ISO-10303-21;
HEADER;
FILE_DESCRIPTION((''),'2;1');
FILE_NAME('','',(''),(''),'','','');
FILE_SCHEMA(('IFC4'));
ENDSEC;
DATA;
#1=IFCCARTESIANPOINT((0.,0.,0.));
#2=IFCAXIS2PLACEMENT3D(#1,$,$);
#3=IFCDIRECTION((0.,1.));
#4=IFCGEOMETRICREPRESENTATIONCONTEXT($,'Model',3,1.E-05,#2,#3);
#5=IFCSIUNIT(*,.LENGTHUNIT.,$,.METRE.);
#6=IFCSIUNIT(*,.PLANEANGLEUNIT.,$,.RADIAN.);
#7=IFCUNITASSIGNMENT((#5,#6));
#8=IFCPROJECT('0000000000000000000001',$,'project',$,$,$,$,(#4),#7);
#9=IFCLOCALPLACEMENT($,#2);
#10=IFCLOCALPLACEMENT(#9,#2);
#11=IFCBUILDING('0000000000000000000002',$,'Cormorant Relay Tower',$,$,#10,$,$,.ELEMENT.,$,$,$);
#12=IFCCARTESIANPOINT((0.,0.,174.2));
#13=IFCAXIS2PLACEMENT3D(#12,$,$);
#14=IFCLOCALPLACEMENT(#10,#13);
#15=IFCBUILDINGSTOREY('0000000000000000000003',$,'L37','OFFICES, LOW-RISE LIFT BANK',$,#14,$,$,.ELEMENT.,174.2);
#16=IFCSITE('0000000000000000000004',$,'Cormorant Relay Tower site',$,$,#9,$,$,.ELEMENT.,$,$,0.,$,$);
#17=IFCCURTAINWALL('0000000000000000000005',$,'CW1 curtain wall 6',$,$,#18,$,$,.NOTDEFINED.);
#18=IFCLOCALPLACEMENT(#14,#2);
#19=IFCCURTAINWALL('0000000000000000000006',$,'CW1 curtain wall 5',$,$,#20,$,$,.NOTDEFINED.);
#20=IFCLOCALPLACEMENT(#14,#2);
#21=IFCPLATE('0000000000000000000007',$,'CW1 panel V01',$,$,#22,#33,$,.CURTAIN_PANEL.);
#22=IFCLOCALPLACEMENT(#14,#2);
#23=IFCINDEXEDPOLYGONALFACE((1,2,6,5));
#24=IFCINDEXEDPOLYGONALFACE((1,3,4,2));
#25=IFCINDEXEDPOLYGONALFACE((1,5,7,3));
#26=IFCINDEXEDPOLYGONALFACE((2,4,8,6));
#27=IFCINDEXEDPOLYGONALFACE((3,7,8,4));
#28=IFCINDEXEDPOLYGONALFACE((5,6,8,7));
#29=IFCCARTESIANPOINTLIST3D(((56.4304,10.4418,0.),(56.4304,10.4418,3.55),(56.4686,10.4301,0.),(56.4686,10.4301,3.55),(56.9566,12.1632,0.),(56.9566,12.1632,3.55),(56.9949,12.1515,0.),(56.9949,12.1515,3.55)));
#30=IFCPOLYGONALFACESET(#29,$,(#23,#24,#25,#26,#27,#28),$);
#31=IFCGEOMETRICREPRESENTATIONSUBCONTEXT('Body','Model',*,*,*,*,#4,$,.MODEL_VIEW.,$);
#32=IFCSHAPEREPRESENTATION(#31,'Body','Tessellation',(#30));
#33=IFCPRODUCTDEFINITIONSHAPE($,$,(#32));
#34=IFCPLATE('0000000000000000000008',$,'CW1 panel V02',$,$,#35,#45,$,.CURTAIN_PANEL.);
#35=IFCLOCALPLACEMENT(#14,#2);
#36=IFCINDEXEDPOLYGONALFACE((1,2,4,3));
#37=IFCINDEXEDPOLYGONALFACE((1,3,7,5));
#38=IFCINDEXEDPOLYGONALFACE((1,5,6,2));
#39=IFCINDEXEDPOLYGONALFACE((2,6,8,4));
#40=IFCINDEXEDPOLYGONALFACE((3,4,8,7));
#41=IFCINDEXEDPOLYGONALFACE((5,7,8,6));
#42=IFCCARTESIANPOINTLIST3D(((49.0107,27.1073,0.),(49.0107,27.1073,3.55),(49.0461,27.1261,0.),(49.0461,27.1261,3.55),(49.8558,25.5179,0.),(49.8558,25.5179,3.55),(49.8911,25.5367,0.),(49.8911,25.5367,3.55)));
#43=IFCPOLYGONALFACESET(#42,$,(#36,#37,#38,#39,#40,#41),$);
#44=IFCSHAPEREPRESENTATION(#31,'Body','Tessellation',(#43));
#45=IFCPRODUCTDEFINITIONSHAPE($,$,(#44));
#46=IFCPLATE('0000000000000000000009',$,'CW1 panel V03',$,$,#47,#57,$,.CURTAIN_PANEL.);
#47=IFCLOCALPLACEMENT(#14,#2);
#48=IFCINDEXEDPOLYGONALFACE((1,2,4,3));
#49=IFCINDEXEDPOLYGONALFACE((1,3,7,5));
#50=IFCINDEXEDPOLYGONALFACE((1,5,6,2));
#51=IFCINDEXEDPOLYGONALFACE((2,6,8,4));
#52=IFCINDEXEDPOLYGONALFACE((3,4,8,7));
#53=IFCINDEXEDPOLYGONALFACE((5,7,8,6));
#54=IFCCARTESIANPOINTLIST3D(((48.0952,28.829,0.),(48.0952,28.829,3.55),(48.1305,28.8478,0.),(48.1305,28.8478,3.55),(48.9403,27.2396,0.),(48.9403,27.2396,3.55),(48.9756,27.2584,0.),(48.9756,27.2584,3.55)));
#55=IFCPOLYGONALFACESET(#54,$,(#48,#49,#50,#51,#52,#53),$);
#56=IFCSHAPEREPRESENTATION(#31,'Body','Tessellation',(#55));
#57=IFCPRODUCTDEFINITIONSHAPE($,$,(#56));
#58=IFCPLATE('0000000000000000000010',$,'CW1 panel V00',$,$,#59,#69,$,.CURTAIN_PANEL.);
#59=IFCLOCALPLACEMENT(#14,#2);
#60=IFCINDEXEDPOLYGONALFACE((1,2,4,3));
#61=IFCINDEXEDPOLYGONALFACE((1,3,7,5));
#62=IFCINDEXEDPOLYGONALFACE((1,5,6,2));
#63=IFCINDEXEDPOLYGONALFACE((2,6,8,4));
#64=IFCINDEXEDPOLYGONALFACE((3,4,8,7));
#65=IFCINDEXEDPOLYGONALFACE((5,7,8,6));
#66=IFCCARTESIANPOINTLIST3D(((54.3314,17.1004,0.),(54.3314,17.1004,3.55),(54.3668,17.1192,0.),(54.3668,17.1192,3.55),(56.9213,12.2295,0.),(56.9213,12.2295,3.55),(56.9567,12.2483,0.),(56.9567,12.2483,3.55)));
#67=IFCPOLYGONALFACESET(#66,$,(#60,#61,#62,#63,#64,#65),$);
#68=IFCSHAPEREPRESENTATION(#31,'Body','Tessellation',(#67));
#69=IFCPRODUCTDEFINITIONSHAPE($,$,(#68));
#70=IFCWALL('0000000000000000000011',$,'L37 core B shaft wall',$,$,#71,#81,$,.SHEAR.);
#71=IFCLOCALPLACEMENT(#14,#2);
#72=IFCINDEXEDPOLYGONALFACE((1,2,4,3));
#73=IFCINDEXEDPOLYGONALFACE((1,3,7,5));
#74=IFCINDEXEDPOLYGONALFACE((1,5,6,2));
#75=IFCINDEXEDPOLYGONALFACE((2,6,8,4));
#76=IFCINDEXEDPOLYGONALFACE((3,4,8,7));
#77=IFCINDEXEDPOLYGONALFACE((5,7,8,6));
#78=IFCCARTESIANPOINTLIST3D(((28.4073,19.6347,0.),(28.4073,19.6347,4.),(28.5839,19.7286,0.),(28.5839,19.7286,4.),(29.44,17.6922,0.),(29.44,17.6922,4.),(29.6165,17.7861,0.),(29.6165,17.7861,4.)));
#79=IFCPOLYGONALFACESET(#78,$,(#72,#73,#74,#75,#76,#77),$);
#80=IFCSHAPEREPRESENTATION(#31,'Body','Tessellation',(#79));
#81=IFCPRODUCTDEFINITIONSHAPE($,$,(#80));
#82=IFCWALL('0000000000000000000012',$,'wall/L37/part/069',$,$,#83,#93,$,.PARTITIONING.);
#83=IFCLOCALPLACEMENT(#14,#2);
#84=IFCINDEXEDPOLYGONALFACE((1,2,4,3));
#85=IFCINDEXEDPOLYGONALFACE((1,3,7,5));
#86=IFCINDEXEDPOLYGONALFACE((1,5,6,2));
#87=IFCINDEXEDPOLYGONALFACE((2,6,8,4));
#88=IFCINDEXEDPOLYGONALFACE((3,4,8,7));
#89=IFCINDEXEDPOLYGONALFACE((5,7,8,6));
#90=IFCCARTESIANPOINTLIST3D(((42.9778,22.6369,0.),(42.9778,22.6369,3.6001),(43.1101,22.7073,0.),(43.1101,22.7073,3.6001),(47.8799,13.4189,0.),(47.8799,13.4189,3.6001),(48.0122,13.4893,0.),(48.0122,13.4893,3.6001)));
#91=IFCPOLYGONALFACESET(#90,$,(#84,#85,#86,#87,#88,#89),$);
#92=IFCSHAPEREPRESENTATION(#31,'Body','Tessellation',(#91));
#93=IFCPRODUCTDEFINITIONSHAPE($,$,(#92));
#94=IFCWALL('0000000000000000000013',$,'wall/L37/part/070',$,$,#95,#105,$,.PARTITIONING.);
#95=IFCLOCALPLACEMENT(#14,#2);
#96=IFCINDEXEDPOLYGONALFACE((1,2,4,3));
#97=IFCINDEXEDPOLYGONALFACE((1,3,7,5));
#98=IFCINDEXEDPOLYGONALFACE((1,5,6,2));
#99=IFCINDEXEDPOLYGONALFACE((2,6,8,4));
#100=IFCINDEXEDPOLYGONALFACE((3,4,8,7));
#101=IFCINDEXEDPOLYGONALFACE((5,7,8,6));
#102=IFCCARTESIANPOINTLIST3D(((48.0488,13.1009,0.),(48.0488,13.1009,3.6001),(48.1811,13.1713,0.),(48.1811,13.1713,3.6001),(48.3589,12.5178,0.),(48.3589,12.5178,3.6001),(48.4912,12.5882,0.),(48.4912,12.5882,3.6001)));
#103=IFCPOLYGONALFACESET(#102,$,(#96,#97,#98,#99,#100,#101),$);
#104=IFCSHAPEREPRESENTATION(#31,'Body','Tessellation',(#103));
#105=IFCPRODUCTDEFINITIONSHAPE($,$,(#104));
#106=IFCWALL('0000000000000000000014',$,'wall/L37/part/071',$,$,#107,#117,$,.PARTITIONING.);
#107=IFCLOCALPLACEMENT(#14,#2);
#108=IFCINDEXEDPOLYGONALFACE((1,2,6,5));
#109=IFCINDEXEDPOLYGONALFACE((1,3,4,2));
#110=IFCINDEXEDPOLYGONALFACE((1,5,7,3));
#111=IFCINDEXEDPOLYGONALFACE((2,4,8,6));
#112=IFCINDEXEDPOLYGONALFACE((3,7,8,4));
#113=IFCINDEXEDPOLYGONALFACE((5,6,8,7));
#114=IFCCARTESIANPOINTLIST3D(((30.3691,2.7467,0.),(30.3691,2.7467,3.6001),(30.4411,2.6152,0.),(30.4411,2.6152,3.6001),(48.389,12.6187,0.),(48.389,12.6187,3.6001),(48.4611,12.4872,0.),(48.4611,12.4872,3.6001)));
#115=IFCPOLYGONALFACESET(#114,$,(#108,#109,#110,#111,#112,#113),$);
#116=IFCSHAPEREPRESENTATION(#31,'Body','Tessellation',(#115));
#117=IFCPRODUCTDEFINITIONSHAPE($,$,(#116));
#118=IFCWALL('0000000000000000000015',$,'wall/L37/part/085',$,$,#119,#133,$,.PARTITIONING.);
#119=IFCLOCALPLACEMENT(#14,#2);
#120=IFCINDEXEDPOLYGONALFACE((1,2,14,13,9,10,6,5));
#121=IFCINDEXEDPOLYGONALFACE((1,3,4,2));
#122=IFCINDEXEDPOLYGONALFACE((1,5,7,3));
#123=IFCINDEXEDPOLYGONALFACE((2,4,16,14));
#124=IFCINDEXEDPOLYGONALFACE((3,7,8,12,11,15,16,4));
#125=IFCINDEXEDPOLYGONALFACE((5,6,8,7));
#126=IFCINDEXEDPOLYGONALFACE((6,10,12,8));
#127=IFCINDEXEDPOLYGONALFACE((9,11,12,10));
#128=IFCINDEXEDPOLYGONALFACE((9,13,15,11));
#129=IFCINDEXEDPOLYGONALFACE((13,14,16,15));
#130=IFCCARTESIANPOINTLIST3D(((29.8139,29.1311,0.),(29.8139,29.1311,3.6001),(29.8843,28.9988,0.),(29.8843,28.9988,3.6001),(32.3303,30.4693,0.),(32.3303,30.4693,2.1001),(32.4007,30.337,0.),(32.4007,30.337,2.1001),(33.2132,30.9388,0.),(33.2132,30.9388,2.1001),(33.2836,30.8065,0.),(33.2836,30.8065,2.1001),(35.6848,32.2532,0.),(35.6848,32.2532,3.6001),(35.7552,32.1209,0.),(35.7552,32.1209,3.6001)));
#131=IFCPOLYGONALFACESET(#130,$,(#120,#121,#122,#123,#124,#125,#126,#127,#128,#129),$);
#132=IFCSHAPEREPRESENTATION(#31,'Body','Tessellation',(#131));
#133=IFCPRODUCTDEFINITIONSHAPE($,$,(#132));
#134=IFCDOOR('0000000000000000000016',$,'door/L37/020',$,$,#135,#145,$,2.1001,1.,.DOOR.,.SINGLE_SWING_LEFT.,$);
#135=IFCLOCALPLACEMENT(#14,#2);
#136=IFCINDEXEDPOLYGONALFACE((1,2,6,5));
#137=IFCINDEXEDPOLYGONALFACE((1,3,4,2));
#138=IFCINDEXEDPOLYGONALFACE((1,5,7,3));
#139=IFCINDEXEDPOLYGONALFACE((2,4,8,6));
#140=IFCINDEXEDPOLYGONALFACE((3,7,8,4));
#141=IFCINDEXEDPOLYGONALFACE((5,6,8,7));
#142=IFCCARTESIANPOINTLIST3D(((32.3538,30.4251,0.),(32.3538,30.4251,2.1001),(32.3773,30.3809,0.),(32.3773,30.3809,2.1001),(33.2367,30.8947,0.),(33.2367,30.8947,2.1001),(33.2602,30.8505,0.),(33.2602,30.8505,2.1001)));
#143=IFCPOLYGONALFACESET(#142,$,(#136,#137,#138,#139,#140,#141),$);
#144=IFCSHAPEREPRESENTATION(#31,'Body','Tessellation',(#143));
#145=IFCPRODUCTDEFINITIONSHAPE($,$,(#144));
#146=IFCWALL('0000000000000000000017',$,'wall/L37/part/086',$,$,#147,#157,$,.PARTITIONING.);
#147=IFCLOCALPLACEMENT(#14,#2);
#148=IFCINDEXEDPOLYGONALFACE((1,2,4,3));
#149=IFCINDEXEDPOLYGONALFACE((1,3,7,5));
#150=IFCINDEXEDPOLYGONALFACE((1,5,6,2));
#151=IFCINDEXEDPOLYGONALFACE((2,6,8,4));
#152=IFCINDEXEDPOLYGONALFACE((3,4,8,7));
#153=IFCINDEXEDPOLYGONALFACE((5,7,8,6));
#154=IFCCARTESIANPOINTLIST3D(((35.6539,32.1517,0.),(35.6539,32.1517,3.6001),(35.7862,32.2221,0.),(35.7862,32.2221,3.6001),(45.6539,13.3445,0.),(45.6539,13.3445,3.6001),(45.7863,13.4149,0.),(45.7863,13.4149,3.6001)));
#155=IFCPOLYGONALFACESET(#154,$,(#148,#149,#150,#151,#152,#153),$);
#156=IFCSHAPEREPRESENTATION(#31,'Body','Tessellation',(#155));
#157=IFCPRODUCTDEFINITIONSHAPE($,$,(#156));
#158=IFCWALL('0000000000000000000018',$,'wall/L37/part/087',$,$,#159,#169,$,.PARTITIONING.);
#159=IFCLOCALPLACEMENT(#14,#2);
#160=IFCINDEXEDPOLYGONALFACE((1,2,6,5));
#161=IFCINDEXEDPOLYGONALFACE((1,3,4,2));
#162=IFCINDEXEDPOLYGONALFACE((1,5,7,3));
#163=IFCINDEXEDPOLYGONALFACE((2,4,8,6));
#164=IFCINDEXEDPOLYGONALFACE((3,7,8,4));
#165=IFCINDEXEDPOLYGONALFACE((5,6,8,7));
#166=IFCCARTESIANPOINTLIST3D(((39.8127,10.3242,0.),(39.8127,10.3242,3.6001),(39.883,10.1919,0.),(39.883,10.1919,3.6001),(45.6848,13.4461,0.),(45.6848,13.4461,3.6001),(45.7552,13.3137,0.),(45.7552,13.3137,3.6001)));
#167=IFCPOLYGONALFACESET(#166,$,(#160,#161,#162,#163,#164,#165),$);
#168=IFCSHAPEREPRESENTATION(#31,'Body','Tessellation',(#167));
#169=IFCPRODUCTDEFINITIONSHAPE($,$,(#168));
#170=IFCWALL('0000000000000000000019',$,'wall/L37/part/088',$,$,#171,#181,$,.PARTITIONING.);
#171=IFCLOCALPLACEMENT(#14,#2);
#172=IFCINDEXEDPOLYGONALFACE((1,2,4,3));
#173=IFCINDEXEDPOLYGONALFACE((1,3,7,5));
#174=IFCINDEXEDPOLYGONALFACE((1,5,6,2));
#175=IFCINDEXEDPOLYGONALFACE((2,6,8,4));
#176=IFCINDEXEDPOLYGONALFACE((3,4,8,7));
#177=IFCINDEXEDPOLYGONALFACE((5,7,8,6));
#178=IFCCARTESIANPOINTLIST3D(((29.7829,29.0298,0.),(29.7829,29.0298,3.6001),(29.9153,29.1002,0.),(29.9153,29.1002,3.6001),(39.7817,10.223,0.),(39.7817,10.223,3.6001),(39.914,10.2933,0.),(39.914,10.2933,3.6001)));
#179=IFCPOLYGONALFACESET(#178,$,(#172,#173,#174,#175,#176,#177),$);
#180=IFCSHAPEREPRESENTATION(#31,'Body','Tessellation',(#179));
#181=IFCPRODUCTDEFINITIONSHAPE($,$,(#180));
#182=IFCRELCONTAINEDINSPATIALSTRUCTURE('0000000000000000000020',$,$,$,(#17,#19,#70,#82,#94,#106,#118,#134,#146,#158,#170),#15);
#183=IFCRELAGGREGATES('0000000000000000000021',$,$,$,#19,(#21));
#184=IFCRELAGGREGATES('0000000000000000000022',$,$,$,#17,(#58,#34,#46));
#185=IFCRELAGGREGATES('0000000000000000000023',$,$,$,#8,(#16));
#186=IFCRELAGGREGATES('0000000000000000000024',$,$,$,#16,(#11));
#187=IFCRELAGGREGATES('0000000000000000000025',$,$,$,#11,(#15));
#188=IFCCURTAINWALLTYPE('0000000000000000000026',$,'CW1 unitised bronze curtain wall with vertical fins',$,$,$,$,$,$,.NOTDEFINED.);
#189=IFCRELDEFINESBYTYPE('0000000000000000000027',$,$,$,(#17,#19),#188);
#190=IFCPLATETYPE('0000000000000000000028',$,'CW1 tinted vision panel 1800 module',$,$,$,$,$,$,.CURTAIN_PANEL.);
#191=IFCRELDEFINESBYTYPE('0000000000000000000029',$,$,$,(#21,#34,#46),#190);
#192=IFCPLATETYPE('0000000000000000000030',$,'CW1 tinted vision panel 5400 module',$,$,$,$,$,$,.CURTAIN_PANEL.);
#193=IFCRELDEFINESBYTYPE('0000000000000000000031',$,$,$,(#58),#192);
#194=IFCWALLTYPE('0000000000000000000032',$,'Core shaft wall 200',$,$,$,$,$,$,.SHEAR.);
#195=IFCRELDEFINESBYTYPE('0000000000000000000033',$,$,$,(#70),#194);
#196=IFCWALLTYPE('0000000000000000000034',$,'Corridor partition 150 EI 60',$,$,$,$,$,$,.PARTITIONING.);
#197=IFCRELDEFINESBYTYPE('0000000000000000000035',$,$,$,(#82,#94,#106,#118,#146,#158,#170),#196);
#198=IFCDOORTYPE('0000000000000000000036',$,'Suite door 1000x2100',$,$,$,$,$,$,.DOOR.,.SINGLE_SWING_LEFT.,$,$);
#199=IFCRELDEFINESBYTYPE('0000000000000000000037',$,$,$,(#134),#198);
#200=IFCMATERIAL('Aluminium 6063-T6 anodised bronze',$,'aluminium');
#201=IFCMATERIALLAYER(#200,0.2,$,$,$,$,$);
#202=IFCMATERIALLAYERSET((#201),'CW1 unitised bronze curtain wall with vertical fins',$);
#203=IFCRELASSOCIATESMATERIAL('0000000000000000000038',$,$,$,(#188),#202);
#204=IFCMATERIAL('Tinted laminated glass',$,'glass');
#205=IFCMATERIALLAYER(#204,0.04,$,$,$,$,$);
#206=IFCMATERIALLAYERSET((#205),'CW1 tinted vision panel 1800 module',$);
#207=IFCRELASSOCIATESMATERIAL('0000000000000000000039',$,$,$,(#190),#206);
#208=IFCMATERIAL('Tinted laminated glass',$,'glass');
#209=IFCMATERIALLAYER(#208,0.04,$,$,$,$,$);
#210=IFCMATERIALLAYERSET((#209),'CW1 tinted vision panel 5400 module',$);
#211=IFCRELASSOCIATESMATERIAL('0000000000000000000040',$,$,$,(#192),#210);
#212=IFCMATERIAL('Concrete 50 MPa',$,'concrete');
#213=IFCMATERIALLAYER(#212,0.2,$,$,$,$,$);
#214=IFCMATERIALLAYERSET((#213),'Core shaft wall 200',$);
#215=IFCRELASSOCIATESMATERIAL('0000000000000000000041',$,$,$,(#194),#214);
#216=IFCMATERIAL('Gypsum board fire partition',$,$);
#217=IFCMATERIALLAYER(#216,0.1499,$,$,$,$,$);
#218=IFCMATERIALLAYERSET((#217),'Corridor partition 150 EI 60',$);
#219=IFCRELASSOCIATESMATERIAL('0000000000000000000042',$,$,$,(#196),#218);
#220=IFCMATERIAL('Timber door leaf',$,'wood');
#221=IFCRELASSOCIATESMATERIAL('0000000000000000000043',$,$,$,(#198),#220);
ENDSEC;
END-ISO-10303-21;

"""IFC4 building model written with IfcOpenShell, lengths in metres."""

from ifc_helpers import new_model, si_unit, direction, frame, frame_2d, origin, origin_2d, place, context, subcontext, project, spatial, rectangle, extrude, material, layer, layer_set, type_object, element, fill, aggregate, save


model = new_model("IFC4")

# Units and contexts
model_context = context("Model", 3, precision=1e-05, world=origin(), true_north=direction((0.0, 1.0)))
body_context = subcontext(model_context, "Body", "Model", "MODEL_VIEW")
ifc_project = project(units=[si_unit("LENGTHUNIT", "METRE"), si_unit("PLANEANGLEUNIT", "RADIAN")], contexts=[model_context])

# Site, building, storey
site_placement = place(None, origin())
site = spatial("IfcSite", under=ifc_project, at=site_placement, Name="Cormorant Relay Tower site", CompositionType="ELEMENT", RefElevation=0.0)
building_placement = place(site_placement, origin())
building = spatial("IfcBuilding", under=site, at=building_placement, Name="Cormorant Relay Tower", CompositionType="ELEMENT")
storey_placement = place(building_placement, frame((0.0, 0.0, 174.2)))
storey = spatial("IfcBuildingStorey", under=building, at=storey_placement, Name="L37", Description="OFFICES, LOW-RISE LIFT BANK", CompositionType="ELEMENT", Elevation=174.2)

# Curtain wall
ifc_material_1 = material(Name="Aluminium 6063-T6 anodised bronze", Category="aluminium")
ifc_layer_1 = layer(ifc_material_1, 0.2)
ifc_layer_set_1 = layer_set([ifc_layer_1], Name="CW1 unitised bronze curtain wall with vertical fins")
curtain_wall_type = type_object("IfcCurtainWallType", Name="CW1 unitised bronze curtain wall with vertical fins", PredefinedType="NOTDEFINED", material=ifc_layer_set_1)
curtain_wall_1_placement = place(storey_placement, origin())
curtain_wall_1 = element("IfcCurtainWall", 1, at=curtain_wall_1_placement, inside=storey, type_object=curtain_wall_type, Name="CW1 curtain wall 6", PredefinedType="NOTDEFINED")

# Curtain wall, plate
curtain_wall_2_placement = place(storey_placement, origin())
curtain_wall_2 = element("IfcCurtainWall", 2, at=curtain_wall_2_placement, inside=storey, type_object=curtain_wall_type, Name="CW1 curtain wall 5", PredefinedType="NOTDEFINED")
ifc_material_2 = material(Name="Tinted laminated glass", Category="glass")
ifc_layer_2 = layer(ifc_material_2, 0.04)
ifc_layer_set_2 = layer_set([ifc_layer_2], Name="CW1 tinted vision panel 1800 module")
plate_type_1 = type_object("IfcPlateType", Name="CW1 tinted vision panel 1800 module", PredefinedType="CURTAIN_PANEL", material=ifc_layer_set_2)
plate_1_placement = place(storey_placement, frame((56.7126, 11.2966, 0.0), z_axis=(0.0, 0.0, 1.0), x_axis=(0.292372, 0.956305, 0.0)))
plate_1 = element("IfcPlate", 3, at=plate_1_placement, type_object=plate_type_1, Name="CW1 panel V01", PredefinedType="CURTAIN_PANEL", context=body_context, shape_type="SweptSolid", body=[
    extrude(rectangle(XDim=1.8, YDim=0.04, at=origin_2d()), origin(), (0.0, 0.0, 1.0), 3.55),
])
aggregate(curtain_wall_2, [plate_1])

# Plates
plate_2_placement = place(storey_placement, frame((49.4509, 26.322, 0.0), z_axis=(0.0, 0.0, 1.0), x_axis=(-0.469472, 0.882948, 0.0)))
plate_2 = element("IfcPlate", 4, at=plate_2_placement, type_object=plate_type_1, Name="CW1 panel V02", PredefinedType="CURTAIN_PANEL", context=body_context, shape_type="SweptSolid", body=[
    extrude(rectangle(XDim=1.8, YDim=0.04, at=origin_2d()), origin(), (0.0, 0.0, 1.0), 3.55),
])
plate_3_placement = place(storey_placement, frame((48.5354, 28.0437, 0.0), z_axis=(0.0, 0.0, 1.0), x_axis=(-0.469472, 0.882948, 0.0)))
plate_3 = element("IfcPlate", 5, at=plate_3_placement, type_object=plate_type_1, Name="CW1 panel V03", PredefinedType="CURTAIN_PANEL", context=body_context, shape_type="SweptSolid", body=[
    extrude(rectangle(XDim=1.8, YDim=0.04, at=origin_2d()), origin(), (0.0, 0.0, 1.0), 3.55),
])
ifc_material_3 = material(Name="Tinted laminated glass", Category="glass")
ifc_layer_3 = layer(ifc_material_3, 0.04)
ifc_layer_set_3 = layer_set([ifc_layer_3], Name="CW1 tinted vision panel 5400 module")
plate_type_2 = type_object("IfcPlateType", Name="CW1 tinted vision panel 5400 module", PredefinedType="CURTAIN_PANEL", material=ifc_layer_set_3)
plate_4_placement = place(storey_placement, frame((55.644, 14.6743, 0.0), z_axis=(0.0, 0.0, 1.0), x_axis=(-0.469472, 0.882948, 0.0)))
plate_4 = element("IfcPlate", 6, at=plate_4_placement, type_object=plate_type_2, Name="CW1 panel V00", PredefinedType="CURTAIN_PANEL", context=body_context, shape_type="SweptSolid", body=[
    extrude(rectangle(XDim=5.5166, YDim=0.04, at=origin_2d()), origin(), (0.0, 0.0, 1.0), 3.55),
])

# Wall
ifc_material_4 = material(Name="Concrete 50 MPa", Category="concrete")
ifc_layer_4 = layer(ifc_material_4, 0.2)
ifc_layer_set_4 = layer_set([ifc_layer_4], Name="Core shaft wall 200")
wall_type_1 = type_object("IfcWallType", Name="Core shaft wall 200", PredefinedType="SHEAR", material=ifc_layer_set_4)
wall_1_placement = place(storey_placement, frame((29.5283, 17.739, 0.0), z_axis=(0.0, 0.0, 1.0), x_axis=(-0.469401, 0.882985, 0.0)))
element("IfcWall", 7, at=wall_1_placement, inside=storey, type_object=wall_type_1, Name="L37 core B shaft wall", PredefinedType="SHEAR", context=body_context, shape_type="SweptSolid", body=[
    extrude(rectangle(XDim=2.2, YDim=0.2, at=frame_2d((1.1001, 0.0))), origin(), (0.0, 0.0, 1.0), 4.0),
])

# Walls
ifc_material_5 = material(Name="Gypsum board fire partition")
ifc_layer_5 = layer(ifc_material_5, 0.1499)
ifc_layer_set_5 = layer_set([ifc_layer_5], Name="Corridor partition 150 EI 60")
wall_type_2 = type_object("IfcWallType", Name="Corridor partition 150 EI 60", PredefinedType="PARTITIONING", material=ifc_layer_set_5)
wall_2_placement = place(storey_placement, frame((43.0439, 22.6721, 0.0), z_axis=(0.0, 0.0, 1.0), x_axis=(0.469531, -0.882916, 0.0)))
element("IfcWall", 8, at=wall_2_placement, inside=storey, type_object=wall_type_2, Name="wall/L37/part/069", PredefinedType="PARTITIONING", context=body_context, shape_type="SweptSolid", body=[
    extrude(rectangle(XDim=10.4404, YDim=0.1499, at=frame_2d((5.2202, 0.0))), origin(), (0.0, 0.0, 1.0), 3.6001),
])
wall_3_placement = place(storey_placement, frame((48.115, 13.136, 0.0), z_axis=(0.0, 0.0, 1.0), x_axis=(0.469552, -0.882905, 0.0)))
element("IfcWall", 9, at=wall_3_placement, inside=storey, type_object=wall_type_2, Name="wall/L37/part/070", PredefinedType="PARTITIONING", context=body_context, shape_type="SweptSolid", body=[
    extrude(rectangle(XDim=0.6604, YDim=0.1499, at=frame_2d((0.3301, 0.0))), origin(), (0.0, 0.0, 1.0), 3.6001),
])
wall_4_placement = place(storey_placement, frame((48.425, 12.553, 0.0), z_axis=(0.0, 0.0, 1.0), x_axis=(-0.877015, -0.480463, 0.0)))
element("IfcWall", 10, at=wall_4_placement, inside=storey, type_object=wall_type_2, Name="wall/L37/part/071", PredefinedType="PARTITIONING", context=body_context, shape_type="SweptSolid", body=[
    extrude(rectangle(XDim=20.5469, YDim=0.1499, at=frame_2d((10.2734, 0.0))), origin(), (0.0, 0.0, 1.0), 3.6001),
])

# Wall, opening, door
wall_5_placement = place(storey_placement, frame((29.8491, 29.0649, 0.0), z_axis=(0.0, 0.0, 1.0), x_axis=(0.882917, 0.469528, 0.0)))
wall_5 = element("IfcWall", 11, at=wall_5_placement, inside=storey, type_object=wall_type_2, Name="wall/L37/part/085", PredefinedType="PARTITIONING", context=body_context, shape_type="SweptSolid", body=[
    extrude(rectangle(XDim=6.6494, YDim=0.1499, at=frame_2d((3.3247, 0.0))), origin(), (0.0, 0.0, 1.0), 3.6001),
])
opening_1_placement = place(wall_5_placement, frame((2.8501, 0.0, 0.0)))
opening_1 = element("IfcOpeningElement", 12, at=opening_1_placement, cuts=wall_5, PredefinedType="OPENING", context=body_context, shape_type="SweptSolid", body=[
    extrude(rectangle(XDim=1.0, YDim=2.1001, at=frame_2d((0.5, 1.05))), frame((0.0, 0.085, 0.0), z_axis=(0.0, -1.0, 0.0), x_axis=(1.0, 0.0, 0.0)), (0.0, 0.0, 1.0), 0.1699),
])
ifc_material_6 = material(Name="Timber door leaf", Category="wood")
door_type_1 = type_object("IfcDoorType", Name="Suite door 1000x2100", OperationType="SINGLE_SWING_LEFT", PredefinedType="DOOR", material=ifc_material_6)
door_1_placement = place(opening_1_placement, origin())
door_1 = element("IfcDoor", 13, at=door_1_placement, inside=storey, type_object=door_type_1, Name="door/L37/020", OperationType="SINGLE_SWING_LEFT", OverallHeight=2.1001, OverallWidth=1.0, PredefinedType="DOOR", context=body_context, shape_type="SweptSolid", body=[
    extrude(rectangle(XDim=1.0, YDim=2.1001, at=frame_2d((0.5, 1.05))), frame((0.0, 0.0249, 0.0), z_axis=(0.0, -1.0, 0.0), x_axis=(1.0, 0.0, 0.0)), (0.0, 0.0, 1.0), 0.05),
])
fill(opening_1, door_1)

# Walls
wall_6_placement = place(storey_placement, frame((35.72, 32.187, 0.0), z_axis=(0.0, 0.0, 1.0), x_axis=(0.469474, -0.882946, 0.0)))
element("IfcWall", 14, at=wall_6_placement, inside=storey, type_object=wall_type_2, Name="wall/L37/part/086", PredefinedType="PARTITIONING", context=body_context, shape_type="SweptSolid", body=[
    extrude(rectangle(XDim=21.3005, YDim=0.1499, at=frame_2d((10.6504, 0.0))), origin(), (0.0, 0.0, 1.0), 3.6001),
])
wall_7_placement = place(storey_placement, frame((45.72, 13.3799, 0.0), z_axis=(0.0, 0.0, 1.0), x_axis=(-0.882973, -0.469424, 0.0)))
element("IfcWall", 15, at=wall_7_placement, inside=storey, type_object=wall_type_2, Name="wall/L37/part/087", PredefinedType="PARTITIONING", context=body_context, shape_type="SweptSolid", body=[
    extrude(rectangle(XDim=6.6504, YDim=0.1499, at=frame_2d((3.3252, 0.0))), origin(), (0.0, 0.0, 1.0), 3.6001),
])
wall_8_placement = place(storey_placement, frame((39.8479, 10.2581, 0.0), z_axis=(0.0, 0.0, 1.0), x_axis=(-0.469434, 0.882967, 0.0)))
element("IfcWall", 16, at=wall_8_placement, inside=storey, type_object=wall_type_2, Name="wall/L37/part/088", PredefinedType="PARTITIONING", context=body_context, shape_type="SweptSolid", body=[
    extrude(rectangle(XDim=21.2996, YDim=0.1499, at=frame_2d((10.6499, 0.0))), origin(), (0.0, 0.0, 1.0), 3.6001),
])

aggregate(curtain_wall_1, [plate_4, plate_2, plate_3])

save(model, "model.ifc")
